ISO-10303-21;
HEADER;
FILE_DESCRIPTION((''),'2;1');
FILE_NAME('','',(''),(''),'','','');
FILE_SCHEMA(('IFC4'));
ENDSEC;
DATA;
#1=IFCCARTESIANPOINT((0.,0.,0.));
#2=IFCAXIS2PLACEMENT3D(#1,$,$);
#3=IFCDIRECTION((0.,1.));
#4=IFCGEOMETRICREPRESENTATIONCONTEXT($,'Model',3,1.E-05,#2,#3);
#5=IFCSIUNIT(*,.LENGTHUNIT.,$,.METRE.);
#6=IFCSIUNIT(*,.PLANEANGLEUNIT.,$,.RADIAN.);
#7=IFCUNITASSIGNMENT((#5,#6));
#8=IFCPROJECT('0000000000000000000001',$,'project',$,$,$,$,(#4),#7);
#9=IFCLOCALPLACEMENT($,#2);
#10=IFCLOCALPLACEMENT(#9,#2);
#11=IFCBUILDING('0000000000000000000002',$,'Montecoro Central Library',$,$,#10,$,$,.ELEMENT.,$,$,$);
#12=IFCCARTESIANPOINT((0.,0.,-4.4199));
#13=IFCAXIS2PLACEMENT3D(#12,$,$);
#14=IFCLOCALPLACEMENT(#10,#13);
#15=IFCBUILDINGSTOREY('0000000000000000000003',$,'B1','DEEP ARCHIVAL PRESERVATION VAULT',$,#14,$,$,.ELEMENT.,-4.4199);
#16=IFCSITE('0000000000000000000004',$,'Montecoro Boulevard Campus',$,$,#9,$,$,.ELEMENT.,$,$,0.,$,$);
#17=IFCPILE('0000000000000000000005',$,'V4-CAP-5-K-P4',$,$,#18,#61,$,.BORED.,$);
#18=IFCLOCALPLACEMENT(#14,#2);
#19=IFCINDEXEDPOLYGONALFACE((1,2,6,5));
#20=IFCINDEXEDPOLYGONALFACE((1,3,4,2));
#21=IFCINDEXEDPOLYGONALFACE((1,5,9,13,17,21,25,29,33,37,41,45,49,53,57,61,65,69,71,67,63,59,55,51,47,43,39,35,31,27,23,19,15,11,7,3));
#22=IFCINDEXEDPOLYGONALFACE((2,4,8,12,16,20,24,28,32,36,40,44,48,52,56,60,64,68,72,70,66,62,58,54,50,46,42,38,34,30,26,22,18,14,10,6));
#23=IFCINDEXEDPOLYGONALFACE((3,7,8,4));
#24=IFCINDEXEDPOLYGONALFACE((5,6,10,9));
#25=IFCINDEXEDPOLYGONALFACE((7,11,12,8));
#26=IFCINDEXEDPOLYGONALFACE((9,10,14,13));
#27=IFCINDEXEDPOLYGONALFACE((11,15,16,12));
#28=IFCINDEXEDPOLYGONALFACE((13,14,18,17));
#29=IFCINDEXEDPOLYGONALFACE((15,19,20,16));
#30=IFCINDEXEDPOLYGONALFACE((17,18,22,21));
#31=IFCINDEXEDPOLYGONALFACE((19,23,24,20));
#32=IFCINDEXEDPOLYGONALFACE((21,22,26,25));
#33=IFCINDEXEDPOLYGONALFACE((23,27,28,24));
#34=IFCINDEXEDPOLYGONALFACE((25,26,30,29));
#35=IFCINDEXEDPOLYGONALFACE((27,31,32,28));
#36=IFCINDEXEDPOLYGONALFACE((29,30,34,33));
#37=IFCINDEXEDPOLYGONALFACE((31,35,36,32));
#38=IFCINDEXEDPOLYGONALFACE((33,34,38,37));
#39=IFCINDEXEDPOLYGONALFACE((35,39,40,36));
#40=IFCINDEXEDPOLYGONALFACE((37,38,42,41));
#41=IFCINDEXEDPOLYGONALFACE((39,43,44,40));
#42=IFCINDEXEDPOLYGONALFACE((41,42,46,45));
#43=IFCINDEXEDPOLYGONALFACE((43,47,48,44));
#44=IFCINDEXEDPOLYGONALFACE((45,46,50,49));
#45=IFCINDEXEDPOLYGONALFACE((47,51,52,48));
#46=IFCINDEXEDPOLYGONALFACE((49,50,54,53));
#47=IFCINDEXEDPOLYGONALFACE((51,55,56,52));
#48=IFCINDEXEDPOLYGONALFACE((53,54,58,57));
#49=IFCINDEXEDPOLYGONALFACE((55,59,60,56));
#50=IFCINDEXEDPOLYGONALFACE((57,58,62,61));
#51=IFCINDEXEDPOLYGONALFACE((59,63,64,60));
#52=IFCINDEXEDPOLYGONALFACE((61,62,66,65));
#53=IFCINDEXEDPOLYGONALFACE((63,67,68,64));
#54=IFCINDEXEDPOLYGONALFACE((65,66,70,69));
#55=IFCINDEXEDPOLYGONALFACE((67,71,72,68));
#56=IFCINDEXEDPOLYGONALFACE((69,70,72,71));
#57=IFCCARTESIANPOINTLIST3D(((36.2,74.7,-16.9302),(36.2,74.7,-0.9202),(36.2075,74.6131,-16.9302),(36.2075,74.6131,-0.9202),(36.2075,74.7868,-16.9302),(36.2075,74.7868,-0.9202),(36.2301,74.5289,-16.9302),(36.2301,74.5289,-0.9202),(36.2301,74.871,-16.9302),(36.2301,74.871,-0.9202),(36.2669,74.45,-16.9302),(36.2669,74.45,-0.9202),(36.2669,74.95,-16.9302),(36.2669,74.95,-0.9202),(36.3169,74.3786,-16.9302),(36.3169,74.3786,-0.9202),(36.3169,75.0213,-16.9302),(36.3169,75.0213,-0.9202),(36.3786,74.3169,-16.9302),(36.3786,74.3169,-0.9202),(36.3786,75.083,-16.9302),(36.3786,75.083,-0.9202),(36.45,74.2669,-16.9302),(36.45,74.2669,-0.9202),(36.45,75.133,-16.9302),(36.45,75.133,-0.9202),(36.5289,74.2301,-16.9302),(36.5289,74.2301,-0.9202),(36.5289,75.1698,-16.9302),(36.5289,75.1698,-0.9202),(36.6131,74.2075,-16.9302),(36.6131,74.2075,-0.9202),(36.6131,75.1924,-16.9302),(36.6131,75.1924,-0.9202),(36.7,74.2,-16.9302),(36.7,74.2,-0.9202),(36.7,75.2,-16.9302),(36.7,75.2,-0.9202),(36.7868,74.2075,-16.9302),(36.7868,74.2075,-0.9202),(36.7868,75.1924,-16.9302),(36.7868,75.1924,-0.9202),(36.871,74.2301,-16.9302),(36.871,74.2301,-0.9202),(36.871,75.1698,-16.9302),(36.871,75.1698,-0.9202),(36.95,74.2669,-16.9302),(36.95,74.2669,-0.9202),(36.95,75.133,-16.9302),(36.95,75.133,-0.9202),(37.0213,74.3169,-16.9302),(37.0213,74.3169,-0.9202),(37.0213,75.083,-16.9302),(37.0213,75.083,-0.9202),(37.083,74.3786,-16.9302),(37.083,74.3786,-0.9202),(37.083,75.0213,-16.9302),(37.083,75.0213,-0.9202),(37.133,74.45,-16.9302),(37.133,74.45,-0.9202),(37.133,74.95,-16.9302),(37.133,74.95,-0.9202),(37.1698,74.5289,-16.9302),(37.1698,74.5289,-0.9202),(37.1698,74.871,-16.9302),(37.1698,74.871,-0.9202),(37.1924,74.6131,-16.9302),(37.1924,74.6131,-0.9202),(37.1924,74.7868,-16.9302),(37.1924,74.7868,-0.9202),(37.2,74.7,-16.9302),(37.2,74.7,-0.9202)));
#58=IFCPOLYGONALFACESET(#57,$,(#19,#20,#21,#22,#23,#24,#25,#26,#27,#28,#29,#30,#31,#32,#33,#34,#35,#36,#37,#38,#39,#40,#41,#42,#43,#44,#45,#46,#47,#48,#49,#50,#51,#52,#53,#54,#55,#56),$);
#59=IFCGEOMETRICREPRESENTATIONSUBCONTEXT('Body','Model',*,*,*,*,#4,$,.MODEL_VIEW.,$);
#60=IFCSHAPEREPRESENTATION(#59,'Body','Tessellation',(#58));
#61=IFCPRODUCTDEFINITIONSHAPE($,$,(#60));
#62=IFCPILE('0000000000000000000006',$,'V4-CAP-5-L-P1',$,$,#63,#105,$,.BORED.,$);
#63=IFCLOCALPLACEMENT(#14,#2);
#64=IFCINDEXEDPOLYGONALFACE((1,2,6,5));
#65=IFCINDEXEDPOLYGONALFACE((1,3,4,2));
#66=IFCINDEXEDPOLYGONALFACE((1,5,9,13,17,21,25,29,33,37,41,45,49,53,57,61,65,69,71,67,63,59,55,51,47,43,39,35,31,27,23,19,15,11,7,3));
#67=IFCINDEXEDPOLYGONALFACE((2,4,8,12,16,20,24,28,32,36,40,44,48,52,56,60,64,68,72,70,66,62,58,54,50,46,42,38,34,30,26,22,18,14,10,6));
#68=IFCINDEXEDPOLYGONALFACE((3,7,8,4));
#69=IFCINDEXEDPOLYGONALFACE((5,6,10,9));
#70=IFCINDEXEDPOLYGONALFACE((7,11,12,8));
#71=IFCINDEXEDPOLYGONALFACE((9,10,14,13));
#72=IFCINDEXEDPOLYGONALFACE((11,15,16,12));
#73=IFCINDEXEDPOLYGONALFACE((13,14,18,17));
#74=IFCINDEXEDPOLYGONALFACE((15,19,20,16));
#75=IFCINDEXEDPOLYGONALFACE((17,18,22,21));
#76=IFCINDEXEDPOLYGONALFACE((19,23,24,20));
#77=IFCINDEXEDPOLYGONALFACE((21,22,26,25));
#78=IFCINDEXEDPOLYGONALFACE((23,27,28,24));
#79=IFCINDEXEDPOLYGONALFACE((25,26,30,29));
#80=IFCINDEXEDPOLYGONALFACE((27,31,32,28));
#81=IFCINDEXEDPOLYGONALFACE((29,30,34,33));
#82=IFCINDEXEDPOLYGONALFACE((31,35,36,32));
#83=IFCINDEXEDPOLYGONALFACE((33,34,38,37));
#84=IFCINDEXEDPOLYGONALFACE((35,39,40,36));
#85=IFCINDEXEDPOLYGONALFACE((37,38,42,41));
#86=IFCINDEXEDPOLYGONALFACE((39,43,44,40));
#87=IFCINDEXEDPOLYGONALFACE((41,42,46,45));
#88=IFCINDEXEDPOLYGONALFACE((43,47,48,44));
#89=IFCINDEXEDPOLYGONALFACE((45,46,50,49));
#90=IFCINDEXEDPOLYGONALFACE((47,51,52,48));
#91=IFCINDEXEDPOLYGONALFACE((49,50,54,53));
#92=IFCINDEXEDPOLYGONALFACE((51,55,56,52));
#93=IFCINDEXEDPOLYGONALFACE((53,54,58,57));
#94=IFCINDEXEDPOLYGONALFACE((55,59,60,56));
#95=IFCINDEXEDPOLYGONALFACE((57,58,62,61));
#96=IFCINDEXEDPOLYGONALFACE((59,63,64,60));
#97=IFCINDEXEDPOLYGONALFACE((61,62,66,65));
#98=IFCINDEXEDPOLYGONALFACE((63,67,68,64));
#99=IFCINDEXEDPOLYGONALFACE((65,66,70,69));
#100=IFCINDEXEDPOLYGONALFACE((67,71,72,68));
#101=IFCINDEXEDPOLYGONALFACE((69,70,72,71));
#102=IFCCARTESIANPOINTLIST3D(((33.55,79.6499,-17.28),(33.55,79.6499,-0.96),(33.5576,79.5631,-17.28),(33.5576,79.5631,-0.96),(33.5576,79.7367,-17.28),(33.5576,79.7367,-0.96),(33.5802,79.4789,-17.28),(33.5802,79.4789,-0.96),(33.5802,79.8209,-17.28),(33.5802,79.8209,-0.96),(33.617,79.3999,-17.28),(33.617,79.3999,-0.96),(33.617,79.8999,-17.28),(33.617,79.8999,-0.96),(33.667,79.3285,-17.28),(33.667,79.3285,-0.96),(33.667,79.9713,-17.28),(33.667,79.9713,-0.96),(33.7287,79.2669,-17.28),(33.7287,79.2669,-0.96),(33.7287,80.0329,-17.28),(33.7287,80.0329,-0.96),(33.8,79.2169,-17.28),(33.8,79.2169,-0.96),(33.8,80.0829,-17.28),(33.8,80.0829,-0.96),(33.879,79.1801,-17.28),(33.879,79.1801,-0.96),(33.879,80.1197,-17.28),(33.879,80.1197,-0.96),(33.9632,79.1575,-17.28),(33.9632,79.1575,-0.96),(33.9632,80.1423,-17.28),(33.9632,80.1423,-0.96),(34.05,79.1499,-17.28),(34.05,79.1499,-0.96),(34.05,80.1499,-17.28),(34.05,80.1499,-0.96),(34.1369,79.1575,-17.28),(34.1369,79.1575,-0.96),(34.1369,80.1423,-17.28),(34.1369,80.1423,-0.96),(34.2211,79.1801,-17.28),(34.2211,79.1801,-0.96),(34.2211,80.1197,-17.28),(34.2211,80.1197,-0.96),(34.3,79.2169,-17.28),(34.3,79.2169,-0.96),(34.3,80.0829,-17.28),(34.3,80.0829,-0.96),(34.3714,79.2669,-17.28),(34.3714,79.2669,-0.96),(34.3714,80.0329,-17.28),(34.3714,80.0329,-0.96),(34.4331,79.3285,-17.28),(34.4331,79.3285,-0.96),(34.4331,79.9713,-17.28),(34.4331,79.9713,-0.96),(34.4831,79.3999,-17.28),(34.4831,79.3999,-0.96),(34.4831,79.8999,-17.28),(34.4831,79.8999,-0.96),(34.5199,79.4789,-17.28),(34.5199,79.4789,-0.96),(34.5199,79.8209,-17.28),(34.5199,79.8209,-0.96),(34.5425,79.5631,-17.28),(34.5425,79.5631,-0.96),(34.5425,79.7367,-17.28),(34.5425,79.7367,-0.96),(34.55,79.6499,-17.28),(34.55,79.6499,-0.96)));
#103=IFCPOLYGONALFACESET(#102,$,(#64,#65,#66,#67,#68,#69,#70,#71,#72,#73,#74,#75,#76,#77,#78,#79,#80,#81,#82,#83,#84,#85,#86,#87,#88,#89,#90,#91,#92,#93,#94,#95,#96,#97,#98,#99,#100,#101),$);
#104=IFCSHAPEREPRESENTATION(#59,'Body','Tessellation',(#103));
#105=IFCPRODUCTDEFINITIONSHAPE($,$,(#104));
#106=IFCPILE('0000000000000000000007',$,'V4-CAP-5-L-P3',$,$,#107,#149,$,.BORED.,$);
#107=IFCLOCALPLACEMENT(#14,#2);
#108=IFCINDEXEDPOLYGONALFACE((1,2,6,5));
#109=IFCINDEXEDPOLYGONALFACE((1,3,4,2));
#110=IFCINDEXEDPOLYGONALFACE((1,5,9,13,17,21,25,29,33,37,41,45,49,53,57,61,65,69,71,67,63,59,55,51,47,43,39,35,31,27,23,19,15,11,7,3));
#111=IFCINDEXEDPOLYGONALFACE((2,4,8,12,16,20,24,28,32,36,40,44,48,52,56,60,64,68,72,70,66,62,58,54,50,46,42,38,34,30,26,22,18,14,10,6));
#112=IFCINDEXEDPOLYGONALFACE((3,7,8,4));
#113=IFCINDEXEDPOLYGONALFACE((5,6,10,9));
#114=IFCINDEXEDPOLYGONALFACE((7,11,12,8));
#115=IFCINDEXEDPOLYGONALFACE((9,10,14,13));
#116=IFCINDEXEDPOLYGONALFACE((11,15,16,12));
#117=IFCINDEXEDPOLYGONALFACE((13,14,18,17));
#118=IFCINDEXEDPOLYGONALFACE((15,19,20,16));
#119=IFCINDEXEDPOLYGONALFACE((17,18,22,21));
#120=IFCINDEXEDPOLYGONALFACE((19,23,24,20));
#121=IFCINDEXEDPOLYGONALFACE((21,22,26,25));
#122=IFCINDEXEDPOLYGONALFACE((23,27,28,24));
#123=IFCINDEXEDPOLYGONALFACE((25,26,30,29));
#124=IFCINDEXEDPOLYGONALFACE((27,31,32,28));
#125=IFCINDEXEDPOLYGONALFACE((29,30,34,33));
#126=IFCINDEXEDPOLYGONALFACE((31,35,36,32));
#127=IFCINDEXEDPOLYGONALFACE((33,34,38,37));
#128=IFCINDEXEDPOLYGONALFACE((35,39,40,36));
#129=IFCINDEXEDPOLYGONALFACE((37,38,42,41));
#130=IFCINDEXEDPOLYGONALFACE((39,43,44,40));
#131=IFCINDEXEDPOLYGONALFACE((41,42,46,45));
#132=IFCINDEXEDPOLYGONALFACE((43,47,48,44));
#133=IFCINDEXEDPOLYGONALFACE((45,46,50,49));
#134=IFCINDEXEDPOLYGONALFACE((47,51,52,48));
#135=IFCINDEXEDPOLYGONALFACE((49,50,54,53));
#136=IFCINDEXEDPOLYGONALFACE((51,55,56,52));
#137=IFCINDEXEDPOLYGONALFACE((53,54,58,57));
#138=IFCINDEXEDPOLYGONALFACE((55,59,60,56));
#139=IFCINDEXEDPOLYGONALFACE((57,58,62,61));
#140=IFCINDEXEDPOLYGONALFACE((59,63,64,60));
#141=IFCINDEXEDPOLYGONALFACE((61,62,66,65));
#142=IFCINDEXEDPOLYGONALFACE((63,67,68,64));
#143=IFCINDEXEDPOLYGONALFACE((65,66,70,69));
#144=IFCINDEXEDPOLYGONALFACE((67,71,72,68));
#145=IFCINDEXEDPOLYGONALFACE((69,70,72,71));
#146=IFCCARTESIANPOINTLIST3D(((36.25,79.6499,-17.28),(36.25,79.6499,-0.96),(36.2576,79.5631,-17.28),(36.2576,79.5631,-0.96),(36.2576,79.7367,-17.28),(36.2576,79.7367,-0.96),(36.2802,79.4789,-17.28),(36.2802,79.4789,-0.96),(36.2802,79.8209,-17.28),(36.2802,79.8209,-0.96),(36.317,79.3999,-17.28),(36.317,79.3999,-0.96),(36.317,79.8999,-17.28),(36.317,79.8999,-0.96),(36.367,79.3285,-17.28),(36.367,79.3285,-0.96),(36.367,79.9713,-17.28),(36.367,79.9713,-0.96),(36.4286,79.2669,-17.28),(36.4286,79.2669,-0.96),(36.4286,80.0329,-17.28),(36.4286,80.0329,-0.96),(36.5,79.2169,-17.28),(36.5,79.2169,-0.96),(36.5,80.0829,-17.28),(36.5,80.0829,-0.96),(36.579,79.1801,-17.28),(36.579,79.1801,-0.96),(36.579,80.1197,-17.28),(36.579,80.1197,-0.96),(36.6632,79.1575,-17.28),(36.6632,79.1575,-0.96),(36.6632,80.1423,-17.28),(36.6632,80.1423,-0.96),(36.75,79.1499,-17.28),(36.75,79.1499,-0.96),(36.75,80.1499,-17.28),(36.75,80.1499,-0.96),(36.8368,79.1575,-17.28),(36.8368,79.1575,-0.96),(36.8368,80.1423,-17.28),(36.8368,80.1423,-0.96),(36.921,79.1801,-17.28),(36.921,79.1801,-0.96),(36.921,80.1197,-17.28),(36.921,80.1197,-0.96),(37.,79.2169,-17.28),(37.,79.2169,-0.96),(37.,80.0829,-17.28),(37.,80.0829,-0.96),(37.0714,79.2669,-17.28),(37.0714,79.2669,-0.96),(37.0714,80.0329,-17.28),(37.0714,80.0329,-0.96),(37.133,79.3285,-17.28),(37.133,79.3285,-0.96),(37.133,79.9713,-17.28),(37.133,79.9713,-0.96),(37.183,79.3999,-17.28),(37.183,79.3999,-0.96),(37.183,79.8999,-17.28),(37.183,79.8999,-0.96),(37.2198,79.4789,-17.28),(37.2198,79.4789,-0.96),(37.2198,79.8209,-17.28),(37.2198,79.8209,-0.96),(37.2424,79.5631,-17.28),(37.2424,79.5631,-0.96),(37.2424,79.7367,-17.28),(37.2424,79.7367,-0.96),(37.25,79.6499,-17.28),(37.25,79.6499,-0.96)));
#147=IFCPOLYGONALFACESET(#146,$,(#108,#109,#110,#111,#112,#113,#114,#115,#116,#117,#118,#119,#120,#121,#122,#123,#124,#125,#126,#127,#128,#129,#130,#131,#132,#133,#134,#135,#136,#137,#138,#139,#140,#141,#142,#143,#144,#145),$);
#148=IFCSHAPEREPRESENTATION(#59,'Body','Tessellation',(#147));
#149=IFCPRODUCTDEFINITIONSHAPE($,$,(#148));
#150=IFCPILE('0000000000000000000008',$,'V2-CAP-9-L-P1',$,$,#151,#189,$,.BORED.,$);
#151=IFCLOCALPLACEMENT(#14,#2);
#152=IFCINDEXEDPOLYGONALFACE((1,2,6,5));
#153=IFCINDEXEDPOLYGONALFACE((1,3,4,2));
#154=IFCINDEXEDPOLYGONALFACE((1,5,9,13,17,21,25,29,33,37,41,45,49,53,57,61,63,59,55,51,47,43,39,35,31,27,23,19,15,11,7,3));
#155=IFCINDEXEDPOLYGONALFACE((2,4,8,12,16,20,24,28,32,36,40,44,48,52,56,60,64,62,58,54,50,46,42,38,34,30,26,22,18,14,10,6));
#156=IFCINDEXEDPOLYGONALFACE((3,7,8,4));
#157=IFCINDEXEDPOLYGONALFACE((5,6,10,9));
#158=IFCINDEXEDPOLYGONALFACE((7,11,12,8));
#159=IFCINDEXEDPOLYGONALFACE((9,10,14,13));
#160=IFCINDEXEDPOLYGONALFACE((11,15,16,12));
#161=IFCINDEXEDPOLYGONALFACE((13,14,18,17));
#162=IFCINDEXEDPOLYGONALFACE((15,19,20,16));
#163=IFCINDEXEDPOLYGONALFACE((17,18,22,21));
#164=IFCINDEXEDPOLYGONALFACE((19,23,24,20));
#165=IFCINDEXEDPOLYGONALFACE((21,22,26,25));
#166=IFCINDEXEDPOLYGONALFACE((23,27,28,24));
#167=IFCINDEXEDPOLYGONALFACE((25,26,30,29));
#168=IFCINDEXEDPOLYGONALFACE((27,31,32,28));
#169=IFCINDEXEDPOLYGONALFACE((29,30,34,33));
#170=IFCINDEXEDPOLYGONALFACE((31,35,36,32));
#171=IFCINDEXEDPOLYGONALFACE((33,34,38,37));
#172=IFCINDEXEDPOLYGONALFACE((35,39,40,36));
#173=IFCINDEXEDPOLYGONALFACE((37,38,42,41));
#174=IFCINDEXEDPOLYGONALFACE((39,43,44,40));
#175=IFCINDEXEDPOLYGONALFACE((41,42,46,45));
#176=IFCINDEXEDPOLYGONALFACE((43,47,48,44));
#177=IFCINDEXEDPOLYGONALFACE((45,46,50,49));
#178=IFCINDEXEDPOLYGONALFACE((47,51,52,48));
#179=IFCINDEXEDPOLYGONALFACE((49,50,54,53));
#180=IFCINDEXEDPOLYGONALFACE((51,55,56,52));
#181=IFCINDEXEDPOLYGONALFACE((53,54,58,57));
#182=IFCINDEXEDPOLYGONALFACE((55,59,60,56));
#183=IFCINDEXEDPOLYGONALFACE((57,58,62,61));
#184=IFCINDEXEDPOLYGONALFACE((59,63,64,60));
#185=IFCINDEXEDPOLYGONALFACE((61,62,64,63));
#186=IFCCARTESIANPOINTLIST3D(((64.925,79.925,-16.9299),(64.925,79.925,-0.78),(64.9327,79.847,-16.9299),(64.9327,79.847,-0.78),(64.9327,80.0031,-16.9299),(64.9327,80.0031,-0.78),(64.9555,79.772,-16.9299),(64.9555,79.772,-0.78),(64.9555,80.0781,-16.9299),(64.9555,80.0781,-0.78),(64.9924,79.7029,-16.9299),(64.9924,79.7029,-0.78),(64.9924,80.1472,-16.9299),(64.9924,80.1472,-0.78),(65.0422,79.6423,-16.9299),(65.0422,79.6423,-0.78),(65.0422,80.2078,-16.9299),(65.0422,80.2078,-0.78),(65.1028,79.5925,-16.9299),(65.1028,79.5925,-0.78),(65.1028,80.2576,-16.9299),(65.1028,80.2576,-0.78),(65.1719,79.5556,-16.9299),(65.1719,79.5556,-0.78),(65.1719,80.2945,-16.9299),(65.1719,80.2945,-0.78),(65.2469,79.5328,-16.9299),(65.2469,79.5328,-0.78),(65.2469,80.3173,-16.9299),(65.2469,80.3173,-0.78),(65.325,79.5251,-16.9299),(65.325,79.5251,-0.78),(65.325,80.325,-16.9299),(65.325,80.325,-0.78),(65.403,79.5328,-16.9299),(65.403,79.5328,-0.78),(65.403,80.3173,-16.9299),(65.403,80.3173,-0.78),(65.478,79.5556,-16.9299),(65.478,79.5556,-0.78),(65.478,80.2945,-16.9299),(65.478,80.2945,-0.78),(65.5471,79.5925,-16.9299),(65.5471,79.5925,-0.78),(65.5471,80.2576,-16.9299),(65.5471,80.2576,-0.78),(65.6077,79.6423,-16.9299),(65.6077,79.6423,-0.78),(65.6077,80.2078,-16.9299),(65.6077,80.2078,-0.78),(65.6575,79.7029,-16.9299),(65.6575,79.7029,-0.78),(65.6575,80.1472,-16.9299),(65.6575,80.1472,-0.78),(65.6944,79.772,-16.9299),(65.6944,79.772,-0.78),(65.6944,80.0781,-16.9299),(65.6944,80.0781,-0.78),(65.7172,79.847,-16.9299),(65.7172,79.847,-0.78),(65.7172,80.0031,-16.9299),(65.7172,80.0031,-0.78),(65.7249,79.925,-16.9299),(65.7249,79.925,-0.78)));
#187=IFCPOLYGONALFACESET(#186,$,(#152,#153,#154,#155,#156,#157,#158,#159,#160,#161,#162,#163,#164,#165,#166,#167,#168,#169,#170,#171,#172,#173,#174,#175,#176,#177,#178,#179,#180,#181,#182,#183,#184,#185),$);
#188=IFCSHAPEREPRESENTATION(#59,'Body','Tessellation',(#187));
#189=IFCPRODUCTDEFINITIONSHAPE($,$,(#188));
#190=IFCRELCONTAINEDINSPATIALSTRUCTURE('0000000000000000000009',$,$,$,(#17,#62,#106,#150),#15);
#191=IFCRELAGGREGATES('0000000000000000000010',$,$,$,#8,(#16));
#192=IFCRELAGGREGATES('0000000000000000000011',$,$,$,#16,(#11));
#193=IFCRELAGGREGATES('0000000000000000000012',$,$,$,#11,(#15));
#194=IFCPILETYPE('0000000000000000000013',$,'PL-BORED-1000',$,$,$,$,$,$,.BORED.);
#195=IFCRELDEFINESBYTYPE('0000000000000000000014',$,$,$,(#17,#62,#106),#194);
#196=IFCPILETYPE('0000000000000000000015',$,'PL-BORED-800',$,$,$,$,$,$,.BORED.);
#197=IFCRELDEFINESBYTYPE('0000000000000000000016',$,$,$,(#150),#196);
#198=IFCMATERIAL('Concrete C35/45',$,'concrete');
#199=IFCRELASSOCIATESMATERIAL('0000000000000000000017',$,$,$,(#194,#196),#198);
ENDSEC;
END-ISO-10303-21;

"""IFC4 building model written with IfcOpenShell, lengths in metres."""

from ifc_helpers import new_model, si_unit, direction, frame, origin, origin_2d, place, context, subcontext, project, spatial, circle, extrude, material, material_profile, profile_set, type_object, element, save


model = new_model("IFC4")

# Units and contexts
model_context = context("Model", 3, precision=1e-05, world=origin(), true_north=direction((0.0, 1.0)))
body_context = subcontext(model_context, "Body", "Model", "MODEL_VIEW")
ifc_project = project(units=[si_unit("LENGTHUNIT", "METRE"), si_unit("PLANEANGLEUNIT", "RADIAN")], contexts=[model_context])

# Site, building, storey
site_placement = place(None, origin())
site = spatial("IfcSite", under=ifc_project, at=site_placement, Name="Montecoro Boulevard Campus", CompositionType="ELEMENT", RefElevation=0.0)
building_placement = place(site_placement, origin())
building = spatial("IfcBuilding", under=site, at=building_placement, Name="Montecoro Central Library", CompositionType="ELEMENT")
storey_placement = place(building_placement, frame((0.0, 0.0, -4.4199)))
storey = spatial("IfcBuildingStorey", under=building, at=storey_placement, Name="B1", Description="DEEP ARCHIVAL PRESERVATION VAULT", CompositionType="ELEMENT", Elevation=-4.4199)

# Shared definitions
ifc_material_1 = material(Name="Concrete C35/45", Category="concrete")

# Piles
ifc_material_profile_1 = material_profile(ifc_material_1, circle(Radius=0.5, at=origin_2d()), Name="PILE D1000")
ifc_profile_set_1 = profile_set([ifc_material_profile_1], Name="Concrete C35/45")
pile_type_1 = type_object("IfcPileType", Name="PL-BORED-1000", PredefinedType="BORED", material=ifc_profile_set_1)
for number, where, z_axis, x_axis, name in (
    (1, (36.7, 74.7, -0.9202), (0.0, 0.0, -1.0), (1.0, 0.0, 0.0), "V4-CAP-5-K-P4"),
):
    element("IfcPile", number, at=place(storey_placement, frame(where, z_axis=z_axis, x_axis=x_axis)), inside=storey, type_object=pile_type_1, Name=name, PredefinedType="BORED", context=body_context, shape_type="SweptSolid", body=[
        extrude(circle(Radius=0.5, at=origin_2d()), origin(), (0.0, 0.0, 1.0), 16.01),
    ])
for number, where, z_axis, x_axis, name in (
    (2, (34.05, 79.6499, -0.96), (0.0, 0.0, -1.0), (1.0, 0.0, 0.0), "V4-CAP-5-L-P1"),
    (3, (36.75, 79.6499, -0.96), (0.0, 0.0, -1.0), (1.0, 0.0, 0.0), "V4-CAP-5-L-P3"),
):
    element("IfcPile", number, at=place(storey_placement, frame(where, z_axis=z_axis, x_axis=x_axis)), inside=storey, type_object=pile_type_1, Name=name, PredefinedType="BORED", context=body_context, shape_type="SweptSolid", body=[
        extrude(circle(Radius=0.5, at=origin_2d()), origin(), (0.0, 0.0, 1.0), 16.3201),
    ])
ifc_material_profile_2 = material_profile(ifc_material_1, circle(Radius=0.3999, at=origin_2d()), Name="PILE D800")
ifc_profile_set_2 = profile_set([ifc_material_profile_2], Name="Concrete C35/45")
pile_type_2 = type_object("IfcPileType", Name="PL-BORED-800", PredefinedType="BORED", material=ifc_profile_set_2)
for number, where, z_axis, x_axis, name in (
    (4, (65.325, 79.925, -0.78), (0.0, 0.0, -1.0), (1.0, 0.0, 0.0), "V2-CAP-9-L-P1"),
):
    element("IfcPile", number, at=place(storey_placement, frame(where, z_axis=z_axis, x_axis=x_axis)), inside=storey, type_object=pile_type_2, Name=name, PredefinedType="BORED", context=body_context, shape_type="SweptSolid", body=[
        extrude(circle(Radius=0.3999, at=origin_2d()), origin(), (0.0, 0.0, 1.0), 16.1499),
    ])

save(model, "model.ifc")
